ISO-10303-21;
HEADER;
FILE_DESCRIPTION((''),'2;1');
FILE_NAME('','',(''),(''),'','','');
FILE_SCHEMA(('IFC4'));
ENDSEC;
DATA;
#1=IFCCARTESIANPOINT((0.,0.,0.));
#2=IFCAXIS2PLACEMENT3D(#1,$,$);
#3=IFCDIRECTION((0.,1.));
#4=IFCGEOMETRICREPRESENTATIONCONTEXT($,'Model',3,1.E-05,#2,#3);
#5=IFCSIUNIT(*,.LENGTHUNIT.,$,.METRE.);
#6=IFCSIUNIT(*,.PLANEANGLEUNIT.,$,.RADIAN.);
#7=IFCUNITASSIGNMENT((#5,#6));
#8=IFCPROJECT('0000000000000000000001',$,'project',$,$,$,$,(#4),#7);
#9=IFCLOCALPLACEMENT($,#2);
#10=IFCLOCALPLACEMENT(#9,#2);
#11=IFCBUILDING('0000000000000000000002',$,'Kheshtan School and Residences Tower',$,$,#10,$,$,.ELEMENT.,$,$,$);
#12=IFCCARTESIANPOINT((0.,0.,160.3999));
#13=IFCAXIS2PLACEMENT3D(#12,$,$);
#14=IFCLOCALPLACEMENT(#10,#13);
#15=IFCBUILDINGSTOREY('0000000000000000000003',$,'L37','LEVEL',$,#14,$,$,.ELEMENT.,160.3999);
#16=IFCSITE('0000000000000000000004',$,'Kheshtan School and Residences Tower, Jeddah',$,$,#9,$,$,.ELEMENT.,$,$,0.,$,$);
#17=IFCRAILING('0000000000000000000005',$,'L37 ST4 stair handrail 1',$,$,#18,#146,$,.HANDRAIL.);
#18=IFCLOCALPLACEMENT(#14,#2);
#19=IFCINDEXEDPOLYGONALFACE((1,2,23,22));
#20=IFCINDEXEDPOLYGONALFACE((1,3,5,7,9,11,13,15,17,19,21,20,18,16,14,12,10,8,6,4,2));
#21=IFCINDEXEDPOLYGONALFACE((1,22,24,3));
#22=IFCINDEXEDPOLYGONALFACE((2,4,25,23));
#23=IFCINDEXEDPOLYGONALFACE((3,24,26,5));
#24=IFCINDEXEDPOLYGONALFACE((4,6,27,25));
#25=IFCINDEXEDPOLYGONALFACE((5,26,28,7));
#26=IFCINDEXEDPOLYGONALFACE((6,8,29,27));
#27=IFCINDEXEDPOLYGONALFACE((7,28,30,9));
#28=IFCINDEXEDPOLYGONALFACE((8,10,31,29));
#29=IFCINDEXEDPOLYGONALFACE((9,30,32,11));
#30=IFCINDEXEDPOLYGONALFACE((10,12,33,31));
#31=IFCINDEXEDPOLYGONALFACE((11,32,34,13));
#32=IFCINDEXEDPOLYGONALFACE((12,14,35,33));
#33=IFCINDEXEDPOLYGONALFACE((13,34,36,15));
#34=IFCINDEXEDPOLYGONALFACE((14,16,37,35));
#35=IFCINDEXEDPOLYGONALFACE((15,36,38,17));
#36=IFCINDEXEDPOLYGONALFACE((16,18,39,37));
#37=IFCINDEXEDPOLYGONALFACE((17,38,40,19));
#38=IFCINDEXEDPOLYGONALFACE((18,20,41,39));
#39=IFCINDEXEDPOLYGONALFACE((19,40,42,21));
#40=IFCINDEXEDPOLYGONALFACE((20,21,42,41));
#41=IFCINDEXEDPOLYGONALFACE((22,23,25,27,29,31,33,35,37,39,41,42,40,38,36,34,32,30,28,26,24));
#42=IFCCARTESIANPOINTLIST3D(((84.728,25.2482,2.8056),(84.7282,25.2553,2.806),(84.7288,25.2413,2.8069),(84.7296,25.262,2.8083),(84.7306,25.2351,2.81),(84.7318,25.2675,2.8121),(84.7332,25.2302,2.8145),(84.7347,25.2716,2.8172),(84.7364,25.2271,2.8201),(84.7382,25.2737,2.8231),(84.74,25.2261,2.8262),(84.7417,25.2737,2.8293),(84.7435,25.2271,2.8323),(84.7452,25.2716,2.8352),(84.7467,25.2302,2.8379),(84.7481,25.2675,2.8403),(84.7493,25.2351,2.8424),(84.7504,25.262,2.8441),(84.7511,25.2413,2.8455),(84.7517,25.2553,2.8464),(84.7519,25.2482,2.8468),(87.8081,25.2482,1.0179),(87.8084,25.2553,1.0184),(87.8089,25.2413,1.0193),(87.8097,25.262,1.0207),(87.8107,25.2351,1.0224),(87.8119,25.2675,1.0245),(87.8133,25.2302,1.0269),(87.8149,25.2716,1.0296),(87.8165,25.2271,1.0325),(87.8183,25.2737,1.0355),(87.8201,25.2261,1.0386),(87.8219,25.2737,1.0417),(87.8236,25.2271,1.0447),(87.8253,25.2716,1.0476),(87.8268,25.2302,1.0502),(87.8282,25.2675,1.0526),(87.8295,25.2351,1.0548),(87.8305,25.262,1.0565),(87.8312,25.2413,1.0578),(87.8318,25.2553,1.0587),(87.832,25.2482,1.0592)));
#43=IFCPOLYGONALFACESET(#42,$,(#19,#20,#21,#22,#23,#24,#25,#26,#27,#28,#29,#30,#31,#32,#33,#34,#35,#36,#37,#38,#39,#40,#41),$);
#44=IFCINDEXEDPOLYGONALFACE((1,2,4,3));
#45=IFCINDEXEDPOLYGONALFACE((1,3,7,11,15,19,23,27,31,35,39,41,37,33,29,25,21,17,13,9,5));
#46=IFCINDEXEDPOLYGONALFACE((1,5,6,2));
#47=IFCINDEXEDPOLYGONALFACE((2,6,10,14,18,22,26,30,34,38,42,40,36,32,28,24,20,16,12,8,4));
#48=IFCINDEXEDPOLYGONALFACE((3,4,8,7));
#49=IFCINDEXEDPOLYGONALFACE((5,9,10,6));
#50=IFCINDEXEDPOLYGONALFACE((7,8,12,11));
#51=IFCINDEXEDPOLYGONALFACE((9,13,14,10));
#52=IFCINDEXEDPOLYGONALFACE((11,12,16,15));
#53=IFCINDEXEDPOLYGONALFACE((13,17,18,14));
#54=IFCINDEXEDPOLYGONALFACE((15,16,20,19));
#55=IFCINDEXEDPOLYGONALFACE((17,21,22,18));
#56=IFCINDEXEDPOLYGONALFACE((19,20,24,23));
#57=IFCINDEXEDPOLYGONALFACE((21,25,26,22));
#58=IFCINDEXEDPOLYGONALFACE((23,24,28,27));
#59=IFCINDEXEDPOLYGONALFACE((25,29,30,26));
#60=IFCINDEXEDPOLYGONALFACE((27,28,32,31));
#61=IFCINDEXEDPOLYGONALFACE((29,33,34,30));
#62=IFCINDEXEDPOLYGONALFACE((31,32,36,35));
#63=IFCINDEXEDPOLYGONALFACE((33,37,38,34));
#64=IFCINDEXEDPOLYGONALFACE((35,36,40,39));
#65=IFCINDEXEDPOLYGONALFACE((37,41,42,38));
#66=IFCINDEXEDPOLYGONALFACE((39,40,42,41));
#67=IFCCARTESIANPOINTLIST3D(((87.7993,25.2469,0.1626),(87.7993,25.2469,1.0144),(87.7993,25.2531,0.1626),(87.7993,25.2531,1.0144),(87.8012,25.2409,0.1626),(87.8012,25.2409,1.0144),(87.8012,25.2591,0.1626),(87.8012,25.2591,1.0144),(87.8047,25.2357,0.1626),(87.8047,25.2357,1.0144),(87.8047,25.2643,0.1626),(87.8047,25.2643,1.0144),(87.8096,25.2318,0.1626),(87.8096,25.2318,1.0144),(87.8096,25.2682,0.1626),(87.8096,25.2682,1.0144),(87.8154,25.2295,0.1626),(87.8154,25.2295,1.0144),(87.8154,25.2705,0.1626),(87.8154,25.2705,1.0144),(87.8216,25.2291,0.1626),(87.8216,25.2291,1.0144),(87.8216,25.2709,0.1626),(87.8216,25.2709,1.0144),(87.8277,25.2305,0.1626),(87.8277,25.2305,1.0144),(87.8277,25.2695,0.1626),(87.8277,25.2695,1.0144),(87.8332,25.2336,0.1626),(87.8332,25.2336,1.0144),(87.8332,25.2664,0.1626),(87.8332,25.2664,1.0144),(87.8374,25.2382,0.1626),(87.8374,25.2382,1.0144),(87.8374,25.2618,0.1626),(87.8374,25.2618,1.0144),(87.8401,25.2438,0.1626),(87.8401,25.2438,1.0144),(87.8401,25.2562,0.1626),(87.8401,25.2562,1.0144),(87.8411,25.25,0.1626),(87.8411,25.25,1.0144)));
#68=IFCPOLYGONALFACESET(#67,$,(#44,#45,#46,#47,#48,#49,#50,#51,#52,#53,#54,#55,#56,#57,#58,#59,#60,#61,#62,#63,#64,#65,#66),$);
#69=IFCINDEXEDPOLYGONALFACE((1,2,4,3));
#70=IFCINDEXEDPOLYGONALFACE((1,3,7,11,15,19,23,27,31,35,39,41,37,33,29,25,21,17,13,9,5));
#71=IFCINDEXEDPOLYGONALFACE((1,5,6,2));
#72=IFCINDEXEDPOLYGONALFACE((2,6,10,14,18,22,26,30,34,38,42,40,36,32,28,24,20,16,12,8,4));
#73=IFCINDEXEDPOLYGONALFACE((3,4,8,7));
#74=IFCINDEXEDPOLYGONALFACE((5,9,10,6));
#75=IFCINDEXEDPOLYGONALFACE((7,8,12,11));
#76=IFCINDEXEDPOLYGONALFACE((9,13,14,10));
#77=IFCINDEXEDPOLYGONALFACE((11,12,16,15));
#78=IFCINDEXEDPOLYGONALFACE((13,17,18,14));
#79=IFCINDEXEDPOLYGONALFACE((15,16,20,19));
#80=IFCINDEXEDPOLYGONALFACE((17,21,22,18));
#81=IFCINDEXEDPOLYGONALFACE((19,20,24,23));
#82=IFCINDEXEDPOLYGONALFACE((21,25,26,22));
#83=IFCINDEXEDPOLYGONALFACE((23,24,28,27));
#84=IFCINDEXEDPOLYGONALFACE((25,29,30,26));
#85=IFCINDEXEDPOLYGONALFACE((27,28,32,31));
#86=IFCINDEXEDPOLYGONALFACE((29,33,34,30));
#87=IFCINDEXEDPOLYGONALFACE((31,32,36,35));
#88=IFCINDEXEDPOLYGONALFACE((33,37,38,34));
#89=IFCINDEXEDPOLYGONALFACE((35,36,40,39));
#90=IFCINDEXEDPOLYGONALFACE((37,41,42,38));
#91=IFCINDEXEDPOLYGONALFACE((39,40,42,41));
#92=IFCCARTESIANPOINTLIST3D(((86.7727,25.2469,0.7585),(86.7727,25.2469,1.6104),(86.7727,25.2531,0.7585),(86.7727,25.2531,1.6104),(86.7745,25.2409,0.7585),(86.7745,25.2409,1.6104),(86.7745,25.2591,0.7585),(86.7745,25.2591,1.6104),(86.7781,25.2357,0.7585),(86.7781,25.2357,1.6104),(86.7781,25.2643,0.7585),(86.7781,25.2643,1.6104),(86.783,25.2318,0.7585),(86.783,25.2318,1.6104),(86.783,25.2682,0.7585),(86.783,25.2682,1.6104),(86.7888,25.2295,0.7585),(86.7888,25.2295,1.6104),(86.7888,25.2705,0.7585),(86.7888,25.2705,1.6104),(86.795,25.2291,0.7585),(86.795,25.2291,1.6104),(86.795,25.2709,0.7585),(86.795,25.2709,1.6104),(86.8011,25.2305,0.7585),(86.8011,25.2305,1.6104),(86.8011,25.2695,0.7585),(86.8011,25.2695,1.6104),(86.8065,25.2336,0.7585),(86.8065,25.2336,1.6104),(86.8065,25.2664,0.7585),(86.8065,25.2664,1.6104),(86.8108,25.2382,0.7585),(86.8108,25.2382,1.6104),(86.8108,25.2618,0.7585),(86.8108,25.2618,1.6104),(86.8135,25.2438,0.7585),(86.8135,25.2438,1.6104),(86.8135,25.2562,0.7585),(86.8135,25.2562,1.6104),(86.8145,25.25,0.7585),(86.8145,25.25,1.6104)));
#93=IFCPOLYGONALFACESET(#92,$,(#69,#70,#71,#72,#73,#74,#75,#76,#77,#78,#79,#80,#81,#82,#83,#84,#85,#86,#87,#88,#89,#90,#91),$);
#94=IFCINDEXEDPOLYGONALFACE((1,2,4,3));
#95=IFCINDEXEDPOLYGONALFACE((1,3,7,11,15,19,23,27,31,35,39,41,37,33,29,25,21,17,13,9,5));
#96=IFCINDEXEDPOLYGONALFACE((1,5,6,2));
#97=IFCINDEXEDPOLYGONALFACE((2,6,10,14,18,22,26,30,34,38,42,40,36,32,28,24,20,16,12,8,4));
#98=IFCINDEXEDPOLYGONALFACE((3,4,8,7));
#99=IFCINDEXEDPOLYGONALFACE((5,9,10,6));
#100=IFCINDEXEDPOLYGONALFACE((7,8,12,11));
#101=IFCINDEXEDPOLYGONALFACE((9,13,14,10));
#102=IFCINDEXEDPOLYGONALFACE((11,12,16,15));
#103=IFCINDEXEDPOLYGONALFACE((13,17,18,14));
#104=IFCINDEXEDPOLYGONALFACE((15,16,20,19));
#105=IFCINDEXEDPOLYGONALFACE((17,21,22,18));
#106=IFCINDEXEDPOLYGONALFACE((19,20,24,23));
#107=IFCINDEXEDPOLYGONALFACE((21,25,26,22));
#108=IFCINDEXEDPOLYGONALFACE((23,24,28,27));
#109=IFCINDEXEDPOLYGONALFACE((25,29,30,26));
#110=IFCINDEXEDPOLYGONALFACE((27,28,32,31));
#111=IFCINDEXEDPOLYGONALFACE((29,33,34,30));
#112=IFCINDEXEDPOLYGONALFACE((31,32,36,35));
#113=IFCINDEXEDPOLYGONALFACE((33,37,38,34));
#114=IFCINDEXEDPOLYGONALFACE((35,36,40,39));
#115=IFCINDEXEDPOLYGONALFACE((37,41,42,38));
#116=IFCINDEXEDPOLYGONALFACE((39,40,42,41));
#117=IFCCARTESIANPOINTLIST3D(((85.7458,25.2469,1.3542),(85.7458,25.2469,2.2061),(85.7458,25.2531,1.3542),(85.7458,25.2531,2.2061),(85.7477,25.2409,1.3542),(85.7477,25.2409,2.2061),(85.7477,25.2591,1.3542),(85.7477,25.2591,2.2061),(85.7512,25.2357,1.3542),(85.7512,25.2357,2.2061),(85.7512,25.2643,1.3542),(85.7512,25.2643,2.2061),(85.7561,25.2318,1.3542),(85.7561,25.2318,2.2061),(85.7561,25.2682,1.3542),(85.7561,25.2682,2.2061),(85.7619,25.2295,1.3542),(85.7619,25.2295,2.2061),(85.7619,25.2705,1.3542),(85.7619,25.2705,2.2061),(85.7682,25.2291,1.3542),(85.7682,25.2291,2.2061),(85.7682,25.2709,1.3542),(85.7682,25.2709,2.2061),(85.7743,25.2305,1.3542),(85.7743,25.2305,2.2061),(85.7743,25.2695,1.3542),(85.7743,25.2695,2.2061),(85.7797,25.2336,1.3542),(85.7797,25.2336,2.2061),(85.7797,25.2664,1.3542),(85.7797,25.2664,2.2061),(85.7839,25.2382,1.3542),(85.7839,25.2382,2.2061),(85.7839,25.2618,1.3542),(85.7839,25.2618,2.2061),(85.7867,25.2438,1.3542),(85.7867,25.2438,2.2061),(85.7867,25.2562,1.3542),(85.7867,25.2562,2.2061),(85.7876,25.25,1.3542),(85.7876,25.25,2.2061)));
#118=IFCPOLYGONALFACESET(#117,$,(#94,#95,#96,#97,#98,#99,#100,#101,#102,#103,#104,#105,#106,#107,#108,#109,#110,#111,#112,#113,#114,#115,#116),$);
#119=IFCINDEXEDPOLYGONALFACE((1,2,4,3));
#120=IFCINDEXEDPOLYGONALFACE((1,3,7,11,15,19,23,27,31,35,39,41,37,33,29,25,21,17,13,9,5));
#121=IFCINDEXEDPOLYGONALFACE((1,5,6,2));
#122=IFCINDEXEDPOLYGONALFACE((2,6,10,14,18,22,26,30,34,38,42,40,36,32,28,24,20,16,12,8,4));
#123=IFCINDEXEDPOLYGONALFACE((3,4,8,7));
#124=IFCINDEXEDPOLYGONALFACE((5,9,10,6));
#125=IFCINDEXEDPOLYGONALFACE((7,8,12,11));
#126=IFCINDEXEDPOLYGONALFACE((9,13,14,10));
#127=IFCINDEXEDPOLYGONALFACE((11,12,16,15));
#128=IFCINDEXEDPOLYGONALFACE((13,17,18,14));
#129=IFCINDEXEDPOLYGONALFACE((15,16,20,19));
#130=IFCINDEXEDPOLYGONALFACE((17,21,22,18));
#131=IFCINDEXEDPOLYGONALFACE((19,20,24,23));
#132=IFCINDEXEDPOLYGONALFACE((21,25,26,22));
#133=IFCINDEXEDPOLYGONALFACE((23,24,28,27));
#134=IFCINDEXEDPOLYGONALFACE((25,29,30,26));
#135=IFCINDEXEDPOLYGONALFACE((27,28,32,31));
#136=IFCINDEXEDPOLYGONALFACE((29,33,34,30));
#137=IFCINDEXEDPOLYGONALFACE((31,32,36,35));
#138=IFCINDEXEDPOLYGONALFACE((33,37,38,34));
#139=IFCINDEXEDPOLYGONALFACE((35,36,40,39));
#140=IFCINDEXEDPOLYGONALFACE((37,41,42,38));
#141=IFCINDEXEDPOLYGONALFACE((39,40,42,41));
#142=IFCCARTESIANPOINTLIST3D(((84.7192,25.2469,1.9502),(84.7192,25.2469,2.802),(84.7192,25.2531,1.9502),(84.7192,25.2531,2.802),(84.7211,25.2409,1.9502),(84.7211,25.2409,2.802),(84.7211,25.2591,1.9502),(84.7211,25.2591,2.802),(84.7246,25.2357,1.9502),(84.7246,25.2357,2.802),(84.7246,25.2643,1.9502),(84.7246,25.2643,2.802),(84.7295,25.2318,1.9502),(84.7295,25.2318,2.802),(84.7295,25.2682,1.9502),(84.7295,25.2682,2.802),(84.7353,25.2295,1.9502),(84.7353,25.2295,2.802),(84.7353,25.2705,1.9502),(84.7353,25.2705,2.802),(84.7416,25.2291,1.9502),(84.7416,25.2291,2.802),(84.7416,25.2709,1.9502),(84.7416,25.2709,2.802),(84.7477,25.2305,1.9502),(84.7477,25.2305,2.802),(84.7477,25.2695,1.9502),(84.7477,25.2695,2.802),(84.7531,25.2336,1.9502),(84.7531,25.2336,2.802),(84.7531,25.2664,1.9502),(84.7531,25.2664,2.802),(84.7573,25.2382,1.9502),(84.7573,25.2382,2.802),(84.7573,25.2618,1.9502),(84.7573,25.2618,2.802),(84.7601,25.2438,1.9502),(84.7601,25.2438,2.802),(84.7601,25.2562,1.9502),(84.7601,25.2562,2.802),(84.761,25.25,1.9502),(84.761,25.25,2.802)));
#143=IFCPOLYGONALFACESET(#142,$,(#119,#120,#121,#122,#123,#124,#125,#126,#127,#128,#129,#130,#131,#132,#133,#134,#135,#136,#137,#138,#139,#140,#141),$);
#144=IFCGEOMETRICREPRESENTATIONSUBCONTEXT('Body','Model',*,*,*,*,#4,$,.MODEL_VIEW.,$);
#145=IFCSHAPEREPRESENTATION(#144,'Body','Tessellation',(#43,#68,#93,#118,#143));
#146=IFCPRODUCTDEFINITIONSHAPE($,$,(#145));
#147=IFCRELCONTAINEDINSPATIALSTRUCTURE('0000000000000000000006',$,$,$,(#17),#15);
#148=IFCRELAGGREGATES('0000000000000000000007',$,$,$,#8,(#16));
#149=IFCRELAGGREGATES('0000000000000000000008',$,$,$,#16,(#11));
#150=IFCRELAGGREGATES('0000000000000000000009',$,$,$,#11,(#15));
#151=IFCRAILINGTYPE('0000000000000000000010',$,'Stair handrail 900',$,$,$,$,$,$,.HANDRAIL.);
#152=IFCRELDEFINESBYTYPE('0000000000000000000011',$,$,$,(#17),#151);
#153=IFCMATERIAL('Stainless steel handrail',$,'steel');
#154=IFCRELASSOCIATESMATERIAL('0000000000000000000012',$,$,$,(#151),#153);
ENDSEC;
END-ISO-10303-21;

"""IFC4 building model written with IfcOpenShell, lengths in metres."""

from ifc_helpers import new_model, si_unit, direction, frame, origin, origin_2d, place, context, subcontext, project, spatial, circle, extrude, material, type_object, element, save


model = new_model("IFC4")

# Units and contexts
model_context = context("Model", 3, precision=1e-05, world=origin(), true_north=direction((0.0, 1.0)))
body_context = subcontext(model_context, "Body", "Model", "MODEL_VIEW")
ifc_project = project(units=[si_unit("LENGTHUNIT", "METRE"), si_unit("PLANEANGLEUNIT", "RADIAN")], contexts=[model_context])

# Site, building, storey
site_placement = place(None, origin())
site = spatial("IfcSite", under=ifc_project, at=site_placement, Name="Kheshtan School and Residences Tower, Jeddah", CompositionType="ELEMENT", RefElevation=0.0)
building_placement = place(site_placement, origin())
building = spatial("IfcBuilding", under=site, at=building_placement, Name="Kheshtan School and Residences Tower", CompositionType="ELEMENT")
storey_placement = place(building_placement, frame((0.0, 0.0, 160.3999)))
storey = spatial("IfcBuildingStorey", under=building, at=storey_placement, Name="L37", Description="LEVEL", CompositionType="ELEMENT", Elevation=160.3999)

# Railing
ifc_material_1 = material(Name="Stainless steel handrail", Category="steel")
railing_type_1 = type_object("IfcRailingType", Name="Stair handrail 900", PredefinedType="HANDRAIL", material=ifc_material_1)
railing_1_placement = place(storey_placement, frame((87.8201, 25.25, 0.1626)))
element("IfcRailing", 1, at=railing_1_placement, inside=storey, type_object=railing_type_1, Name="L37 ST4 stair handrail 1", PredefinedType="HANDRAIL", context=body_context, shape_type="SweptSolid", body=[
    extrude(circle(Radius=0.0239, at=origin_2d()), frame((0.0, 0.0, 0.876), z_axis=(-0.864891, 0.0, 0.50196), x_axis=(0.0, -1.0, 0.0)), (0.0, 0.0, 1.0), 3.5613),
    extrude(circle(Radius=0.021, at=origin_2d()), origin(), (0.0, 0.0, 1.0), 0.8518),
    extrude(circle(Radius=0.021, at=origin_2d()), frame((-1.0266, 0.0, 0.5959)), (0.0, 0.0, 1.0), 0.8518),
    extrude(circle(Radius=0.021, at=origin_2d()), frame((-2.0535, 0.0, 1.1917)), (0.0, 0.0, 1.0), 0.8518),
    extrude(circle(Radius=0.021, at=origin_2d()), frame((-3.0801, 0.0, 1.7876)), (0.0, 0.0, 1.0), 0.8518),
])

save(model, "model.ifc")
